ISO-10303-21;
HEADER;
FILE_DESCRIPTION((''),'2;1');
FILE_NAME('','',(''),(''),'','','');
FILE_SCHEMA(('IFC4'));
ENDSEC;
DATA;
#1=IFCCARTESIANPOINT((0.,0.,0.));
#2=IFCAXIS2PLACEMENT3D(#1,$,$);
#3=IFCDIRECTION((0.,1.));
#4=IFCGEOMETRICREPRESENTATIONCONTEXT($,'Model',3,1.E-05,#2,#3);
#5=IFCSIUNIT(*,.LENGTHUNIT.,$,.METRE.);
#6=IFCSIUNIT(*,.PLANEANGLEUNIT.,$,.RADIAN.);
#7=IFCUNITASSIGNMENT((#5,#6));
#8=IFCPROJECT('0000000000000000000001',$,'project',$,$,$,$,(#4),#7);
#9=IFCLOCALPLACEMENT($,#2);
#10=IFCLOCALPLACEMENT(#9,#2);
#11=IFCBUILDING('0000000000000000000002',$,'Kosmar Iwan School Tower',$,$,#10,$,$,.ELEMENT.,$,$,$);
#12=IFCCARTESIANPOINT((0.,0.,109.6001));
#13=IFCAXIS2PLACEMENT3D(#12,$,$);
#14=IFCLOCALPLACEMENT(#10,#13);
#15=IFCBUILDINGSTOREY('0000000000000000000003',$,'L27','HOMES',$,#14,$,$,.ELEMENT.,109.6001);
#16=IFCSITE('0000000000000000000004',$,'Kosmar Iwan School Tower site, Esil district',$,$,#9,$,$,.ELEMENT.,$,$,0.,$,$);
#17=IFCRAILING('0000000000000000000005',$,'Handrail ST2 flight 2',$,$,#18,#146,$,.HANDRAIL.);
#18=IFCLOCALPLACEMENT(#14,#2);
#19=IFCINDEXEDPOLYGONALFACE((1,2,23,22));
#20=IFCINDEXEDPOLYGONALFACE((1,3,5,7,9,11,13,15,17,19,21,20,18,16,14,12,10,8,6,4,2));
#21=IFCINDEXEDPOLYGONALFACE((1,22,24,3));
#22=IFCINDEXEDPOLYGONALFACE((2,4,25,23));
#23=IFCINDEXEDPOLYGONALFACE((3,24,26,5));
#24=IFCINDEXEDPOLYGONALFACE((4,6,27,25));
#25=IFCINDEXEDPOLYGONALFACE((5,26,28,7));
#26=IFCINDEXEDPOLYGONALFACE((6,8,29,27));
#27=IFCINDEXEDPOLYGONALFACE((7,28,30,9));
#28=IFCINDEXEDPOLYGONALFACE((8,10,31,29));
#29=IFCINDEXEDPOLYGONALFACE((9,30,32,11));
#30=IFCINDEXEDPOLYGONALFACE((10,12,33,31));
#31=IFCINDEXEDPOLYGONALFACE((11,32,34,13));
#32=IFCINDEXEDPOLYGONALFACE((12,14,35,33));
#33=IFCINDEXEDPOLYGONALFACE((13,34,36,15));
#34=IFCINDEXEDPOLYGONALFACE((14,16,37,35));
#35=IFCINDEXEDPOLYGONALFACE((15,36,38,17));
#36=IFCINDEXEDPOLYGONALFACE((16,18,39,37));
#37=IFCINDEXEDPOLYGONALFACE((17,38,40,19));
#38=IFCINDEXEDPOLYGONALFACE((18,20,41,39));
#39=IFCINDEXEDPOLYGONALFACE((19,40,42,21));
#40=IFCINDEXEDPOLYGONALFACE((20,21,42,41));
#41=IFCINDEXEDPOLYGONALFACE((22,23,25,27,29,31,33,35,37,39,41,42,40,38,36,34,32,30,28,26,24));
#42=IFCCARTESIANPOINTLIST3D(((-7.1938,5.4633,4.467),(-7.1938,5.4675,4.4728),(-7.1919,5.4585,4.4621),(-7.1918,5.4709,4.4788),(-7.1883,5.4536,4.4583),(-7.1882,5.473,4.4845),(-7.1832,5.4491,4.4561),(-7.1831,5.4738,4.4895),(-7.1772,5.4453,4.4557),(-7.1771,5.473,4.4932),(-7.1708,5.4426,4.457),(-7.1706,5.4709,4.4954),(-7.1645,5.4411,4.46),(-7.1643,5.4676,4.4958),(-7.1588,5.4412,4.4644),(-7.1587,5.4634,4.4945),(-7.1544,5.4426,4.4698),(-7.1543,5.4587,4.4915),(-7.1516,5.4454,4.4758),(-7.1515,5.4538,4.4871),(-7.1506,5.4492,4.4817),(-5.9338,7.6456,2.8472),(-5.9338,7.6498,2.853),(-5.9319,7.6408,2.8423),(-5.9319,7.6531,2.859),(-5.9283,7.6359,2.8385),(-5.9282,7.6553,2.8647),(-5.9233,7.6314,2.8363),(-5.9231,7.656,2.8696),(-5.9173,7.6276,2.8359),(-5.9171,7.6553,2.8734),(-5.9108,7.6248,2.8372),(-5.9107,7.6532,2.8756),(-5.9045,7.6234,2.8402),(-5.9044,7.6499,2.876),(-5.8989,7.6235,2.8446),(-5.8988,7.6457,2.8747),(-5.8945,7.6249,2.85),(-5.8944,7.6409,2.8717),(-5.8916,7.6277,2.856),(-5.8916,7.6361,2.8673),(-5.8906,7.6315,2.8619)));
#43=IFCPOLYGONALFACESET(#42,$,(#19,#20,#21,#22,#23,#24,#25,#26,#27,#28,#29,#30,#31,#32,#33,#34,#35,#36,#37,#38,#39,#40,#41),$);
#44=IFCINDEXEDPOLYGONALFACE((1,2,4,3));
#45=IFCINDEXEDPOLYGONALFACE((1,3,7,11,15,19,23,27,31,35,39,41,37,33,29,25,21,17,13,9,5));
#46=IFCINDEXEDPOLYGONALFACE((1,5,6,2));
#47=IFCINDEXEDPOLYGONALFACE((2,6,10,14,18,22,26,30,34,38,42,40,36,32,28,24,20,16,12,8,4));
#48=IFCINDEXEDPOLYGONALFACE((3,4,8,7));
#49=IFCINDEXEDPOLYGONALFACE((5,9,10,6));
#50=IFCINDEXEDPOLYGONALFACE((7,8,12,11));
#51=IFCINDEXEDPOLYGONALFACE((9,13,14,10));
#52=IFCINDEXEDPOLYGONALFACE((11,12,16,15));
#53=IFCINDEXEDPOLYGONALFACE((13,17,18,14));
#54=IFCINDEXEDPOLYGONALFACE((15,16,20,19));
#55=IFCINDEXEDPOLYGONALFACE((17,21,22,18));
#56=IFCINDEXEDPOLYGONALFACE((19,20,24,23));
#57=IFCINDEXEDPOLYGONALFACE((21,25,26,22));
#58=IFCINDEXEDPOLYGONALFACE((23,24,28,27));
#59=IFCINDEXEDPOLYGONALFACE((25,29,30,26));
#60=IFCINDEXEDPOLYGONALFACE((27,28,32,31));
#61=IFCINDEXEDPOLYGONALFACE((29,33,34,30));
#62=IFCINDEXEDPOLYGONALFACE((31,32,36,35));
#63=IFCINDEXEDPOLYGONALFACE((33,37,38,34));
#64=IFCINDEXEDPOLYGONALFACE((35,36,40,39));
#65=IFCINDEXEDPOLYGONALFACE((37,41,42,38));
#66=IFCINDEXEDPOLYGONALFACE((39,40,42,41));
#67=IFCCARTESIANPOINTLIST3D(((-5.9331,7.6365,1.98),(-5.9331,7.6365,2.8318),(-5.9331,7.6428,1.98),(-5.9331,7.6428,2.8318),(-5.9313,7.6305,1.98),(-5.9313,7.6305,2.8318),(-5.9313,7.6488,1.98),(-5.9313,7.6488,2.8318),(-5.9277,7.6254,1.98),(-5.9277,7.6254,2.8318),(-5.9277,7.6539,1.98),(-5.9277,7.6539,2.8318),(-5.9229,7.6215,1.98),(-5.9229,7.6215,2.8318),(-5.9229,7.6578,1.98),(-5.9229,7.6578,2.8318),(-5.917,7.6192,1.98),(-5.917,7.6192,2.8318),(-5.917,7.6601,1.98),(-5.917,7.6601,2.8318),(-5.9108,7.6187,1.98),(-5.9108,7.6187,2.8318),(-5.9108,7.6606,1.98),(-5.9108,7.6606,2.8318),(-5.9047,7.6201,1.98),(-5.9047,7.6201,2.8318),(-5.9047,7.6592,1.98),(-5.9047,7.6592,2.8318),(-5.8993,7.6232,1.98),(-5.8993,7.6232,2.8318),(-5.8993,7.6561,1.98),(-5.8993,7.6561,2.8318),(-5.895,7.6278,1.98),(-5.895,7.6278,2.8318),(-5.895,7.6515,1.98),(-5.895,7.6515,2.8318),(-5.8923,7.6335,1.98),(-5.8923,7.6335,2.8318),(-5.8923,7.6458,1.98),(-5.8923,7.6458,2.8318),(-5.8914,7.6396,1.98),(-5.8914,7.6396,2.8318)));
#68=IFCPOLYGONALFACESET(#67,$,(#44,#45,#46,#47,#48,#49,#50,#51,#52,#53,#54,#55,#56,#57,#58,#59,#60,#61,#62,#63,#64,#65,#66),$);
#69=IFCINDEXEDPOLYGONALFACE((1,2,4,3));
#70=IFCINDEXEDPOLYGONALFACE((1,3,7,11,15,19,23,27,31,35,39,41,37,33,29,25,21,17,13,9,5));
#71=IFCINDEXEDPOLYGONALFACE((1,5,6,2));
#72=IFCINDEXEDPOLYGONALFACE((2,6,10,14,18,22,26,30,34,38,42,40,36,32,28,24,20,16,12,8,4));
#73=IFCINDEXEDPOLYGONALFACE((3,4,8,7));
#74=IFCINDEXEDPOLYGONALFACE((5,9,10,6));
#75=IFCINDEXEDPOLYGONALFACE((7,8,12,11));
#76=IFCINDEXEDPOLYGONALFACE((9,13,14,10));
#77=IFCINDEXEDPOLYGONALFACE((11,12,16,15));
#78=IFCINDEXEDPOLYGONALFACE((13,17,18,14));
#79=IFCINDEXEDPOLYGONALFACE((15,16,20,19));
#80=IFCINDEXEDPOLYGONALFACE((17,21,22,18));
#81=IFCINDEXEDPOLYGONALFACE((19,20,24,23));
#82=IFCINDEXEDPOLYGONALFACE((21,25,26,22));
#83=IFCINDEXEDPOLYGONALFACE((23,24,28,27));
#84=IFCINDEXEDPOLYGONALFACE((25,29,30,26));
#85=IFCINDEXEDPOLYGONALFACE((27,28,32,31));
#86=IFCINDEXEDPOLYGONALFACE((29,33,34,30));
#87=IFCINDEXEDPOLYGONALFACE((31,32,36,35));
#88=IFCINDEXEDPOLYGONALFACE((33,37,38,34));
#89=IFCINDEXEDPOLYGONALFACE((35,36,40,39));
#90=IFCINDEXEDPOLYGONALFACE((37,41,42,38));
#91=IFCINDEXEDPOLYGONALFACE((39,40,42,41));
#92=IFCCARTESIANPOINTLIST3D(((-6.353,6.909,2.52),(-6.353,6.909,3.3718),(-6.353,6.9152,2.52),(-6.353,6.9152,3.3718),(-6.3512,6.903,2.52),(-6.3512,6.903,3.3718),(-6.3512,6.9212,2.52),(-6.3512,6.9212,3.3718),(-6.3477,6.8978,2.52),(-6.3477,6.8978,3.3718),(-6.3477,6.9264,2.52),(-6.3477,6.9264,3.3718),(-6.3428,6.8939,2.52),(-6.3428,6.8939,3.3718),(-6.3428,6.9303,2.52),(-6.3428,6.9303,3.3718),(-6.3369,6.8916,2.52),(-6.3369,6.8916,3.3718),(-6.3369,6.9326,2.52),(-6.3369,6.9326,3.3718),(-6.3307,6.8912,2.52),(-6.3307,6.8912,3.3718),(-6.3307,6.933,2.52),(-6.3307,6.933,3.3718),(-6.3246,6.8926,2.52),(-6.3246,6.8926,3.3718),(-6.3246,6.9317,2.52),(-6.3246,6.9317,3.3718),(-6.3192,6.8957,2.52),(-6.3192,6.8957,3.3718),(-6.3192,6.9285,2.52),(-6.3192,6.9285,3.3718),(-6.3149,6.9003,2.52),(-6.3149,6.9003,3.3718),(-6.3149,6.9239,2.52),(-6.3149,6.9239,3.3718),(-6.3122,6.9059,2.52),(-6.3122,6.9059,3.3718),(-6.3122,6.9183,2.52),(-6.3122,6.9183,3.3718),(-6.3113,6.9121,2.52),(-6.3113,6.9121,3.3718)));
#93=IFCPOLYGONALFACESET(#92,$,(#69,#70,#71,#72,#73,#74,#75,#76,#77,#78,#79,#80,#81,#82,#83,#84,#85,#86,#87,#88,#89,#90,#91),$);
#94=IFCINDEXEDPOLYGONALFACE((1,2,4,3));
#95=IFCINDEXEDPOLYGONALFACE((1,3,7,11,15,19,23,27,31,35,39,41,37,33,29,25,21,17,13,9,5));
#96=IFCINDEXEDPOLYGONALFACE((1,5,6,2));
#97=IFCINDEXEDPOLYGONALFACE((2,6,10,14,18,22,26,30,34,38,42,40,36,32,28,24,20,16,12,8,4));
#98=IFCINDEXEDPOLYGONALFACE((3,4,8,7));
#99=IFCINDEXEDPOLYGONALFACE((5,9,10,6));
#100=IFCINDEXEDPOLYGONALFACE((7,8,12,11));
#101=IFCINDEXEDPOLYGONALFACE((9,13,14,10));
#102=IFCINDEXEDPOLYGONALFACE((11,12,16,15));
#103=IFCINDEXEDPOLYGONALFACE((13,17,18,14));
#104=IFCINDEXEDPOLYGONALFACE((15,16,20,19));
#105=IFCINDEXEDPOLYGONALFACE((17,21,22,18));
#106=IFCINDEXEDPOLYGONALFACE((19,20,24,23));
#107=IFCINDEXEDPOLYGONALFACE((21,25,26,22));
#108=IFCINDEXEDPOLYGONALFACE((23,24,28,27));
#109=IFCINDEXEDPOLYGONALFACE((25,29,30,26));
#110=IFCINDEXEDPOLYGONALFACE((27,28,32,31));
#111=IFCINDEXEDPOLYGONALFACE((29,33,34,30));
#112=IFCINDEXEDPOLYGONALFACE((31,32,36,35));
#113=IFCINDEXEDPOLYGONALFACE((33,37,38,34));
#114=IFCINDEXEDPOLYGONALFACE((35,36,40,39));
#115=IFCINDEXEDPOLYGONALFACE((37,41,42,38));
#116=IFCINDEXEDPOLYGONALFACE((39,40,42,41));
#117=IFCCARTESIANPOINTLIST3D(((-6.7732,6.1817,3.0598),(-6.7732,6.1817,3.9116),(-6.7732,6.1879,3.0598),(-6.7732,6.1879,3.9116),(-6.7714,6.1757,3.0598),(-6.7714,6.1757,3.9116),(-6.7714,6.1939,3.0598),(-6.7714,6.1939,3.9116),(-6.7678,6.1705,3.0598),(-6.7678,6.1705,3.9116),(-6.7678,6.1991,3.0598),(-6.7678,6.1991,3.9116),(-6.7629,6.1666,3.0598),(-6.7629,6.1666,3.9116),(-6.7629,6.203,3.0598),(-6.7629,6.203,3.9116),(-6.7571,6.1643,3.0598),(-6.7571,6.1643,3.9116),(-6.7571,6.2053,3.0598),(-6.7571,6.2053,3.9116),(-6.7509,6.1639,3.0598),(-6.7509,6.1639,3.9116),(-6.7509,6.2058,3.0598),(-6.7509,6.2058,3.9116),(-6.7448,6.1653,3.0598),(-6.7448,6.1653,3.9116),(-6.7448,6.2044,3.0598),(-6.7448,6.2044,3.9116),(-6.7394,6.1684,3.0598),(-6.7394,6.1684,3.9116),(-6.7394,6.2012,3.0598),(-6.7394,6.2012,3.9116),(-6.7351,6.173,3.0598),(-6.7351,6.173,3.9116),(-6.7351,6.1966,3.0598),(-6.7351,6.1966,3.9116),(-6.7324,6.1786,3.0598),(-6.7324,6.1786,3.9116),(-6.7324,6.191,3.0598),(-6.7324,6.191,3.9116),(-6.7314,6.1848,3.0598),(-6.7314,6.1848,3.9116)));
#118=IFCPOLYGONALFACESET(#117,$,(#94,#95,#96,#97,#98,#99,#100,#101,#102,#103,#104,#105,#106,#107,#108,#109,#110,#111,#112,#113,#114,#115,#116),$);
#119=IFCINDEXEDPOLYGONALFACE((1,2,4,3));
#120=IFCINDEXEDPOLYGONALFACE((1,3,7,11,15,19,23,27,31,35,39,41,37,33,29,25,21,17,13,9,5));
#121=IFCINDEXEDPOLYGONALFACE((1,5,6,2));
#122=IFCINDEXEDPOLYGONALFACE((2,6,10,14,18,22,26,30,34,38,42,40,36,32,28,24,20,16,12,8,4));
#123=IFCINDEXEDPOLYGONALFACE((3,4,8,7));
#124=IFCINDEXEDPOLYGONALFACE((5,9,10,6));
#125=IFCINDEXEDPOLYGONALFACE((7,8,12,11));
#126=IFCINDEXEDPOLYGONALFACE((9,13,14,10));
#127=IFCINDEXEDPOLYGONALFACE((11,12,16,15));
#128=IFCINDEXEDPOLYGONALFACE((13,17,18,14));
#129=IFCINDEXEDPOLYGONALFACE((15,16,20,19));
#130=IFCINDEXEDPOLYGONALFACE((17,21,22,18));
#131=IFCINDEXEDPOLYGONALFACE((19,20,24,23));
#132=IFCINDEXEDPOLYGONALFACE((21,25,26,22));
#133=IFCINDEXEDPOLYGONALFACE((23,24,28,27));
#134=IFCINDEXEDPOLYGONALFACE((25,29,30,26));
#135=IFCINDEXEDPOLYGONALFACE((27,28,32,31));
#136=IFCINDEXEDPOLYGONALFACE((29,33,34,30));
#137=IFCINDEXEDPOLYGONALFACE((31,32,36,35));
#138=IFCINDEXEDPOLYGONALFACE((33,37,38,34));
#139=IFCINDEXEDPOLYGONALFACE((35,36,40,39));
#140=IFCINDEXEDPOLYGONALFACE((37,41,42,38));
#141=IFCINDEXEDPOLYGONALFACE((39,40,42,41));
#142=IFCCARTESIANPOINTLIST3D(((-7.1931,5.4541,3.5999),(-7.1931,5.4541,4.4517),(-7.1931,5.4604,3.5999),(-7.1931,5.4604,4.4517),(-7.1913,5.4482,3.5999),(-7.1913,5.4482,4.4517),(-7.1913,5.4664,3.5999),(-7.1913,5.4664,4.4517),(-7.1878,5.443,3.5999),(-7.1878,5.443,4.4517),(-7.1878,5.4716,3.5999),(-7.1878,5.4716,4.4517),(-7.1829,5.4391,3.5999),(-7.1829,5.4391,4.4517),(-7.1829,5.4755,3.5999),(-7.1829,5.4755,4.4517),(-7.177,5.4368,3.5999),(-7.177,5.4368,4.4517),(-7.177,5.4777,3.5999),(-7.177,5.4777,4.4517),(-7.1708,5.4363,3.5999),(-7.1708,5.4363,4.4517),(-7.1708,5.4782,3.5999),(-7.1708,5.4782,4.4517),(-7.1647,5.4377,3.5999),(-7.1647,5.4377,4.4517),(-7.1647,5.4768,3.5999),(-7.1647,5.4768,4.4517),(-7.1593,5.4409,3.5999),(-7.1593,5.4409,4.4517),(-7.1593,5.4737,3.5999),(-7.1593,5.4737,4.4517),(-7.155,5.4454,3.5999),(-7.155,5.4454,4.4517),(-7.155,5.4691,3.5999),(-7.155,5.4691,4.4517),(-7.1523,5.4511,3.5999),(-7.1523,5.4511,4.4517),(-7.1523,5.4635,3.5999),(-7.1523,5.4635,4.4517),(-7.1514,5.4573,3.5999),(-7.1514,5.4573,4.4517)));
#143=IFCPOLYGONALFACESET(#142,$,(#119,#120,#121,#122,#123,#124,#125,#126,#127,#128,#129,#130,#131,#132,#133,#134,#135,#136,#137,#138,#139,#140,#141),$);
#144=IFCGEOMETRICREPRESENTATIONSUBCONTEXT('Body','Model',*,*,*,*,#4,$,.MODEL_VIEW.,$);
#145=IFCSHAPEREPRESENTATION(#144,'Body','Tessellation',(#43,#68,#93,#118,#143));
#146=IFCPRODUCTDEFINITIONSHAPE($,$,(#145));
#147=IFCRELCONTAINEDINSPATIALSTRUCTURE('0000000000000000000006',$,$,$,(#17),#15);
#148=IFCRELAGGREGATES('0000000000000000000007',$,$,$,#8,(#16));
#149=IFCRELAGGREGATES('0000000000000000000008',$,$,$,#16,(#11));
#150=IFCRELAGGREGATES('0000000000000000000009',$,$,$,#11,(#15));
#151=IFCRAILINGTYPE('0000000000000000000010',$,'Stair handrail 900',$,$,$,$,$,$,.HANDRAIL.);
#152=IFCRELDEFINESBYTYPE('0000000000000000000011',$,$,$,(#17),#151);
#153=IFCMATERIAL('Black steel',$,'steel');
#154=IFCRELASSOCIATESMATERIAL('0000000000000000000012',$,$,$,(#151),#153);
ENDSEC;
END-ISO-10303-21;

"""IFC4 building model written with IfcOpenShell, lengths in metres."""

from ifc_helpers import new_model, si_unit, direction, frame, origin, origin_2d, place, context, subcontext, project, spatial, circle, extrude, material, type_object, element, save


model = new_model("IFC4")

# Units and contexts
model_context = context("Model", 3, precision=1e-05, world=origin(), true_north=direction((0.0, 1.0)))
body_context = subcontext(model_context, "Body", "Model", "MODEL_VIEW")
ifc_project = project(units=[si_unit("LENGTHUNIT", "METRE"), si_unit("PLANEANGLEUNIT", "RADIAN")], contexts=[model_context])

# Site, building, storey
site_placement = place(None, origin())
site = spatial("IfcSite", under=ifc_project, at=site_placement, Name="Kosmar Iwan School Tower site, Esil district", CompositionType="ELEMENT", RefElevation=0.0)
building_placement = place(site_placement, origin())
building = spatial("IfcBuilding", under=site, at=building_placement, Name="Kosmar Iwan School Tower", CompositionType="ELEMENT")
storey_placement = place(building_placement, frame((0.0, 0.0, 109.6001)))
storey = spatial("IfcBuildingStorey", under=building, at=storey_placement, Name="L27", Description="HOMES", CompositionType="ELEMENT", Elevation=109.6001)

# Railing
ifc_material_1 = material(Name="Black steel", Category="steel")
railing_type = type_object("IfcRailingType", Name="Stair handrail 900", PredefinedType="HANDRAIL", material=ifc_material_1)
railing_1_placement = place(storey_placement, frame((-5.9124, 7.6396, 1.98)))
element("IfcRailing", 1, at=railing_1_placement, inside=storey, type_object=railing_type, Name="Handrail ST2 flight 2", PredefinedType="HANDRAIL", context=body_context, shape_type="SweptSolid", body=[
    extrude(circle(Radius=0.0239, at=origin_2d()), frame((0.0, 0.0, 0.876), z_axis=(-0.420603, -0.728496, 0.540728), x_axis=(0.866023, -0.500005, 0.0)), (0.0, 0.0, 1.0), 2.9956),
    extrude(circle(Radius=0.021, at=origin_2d()), origin(), (0.0, 0.0, 1.0), 0.8518),
    extrude(circle(Radius=0.021, at=origin_2d()), frame((-0.4199, -0.7275, 0.54)), (0.0, 0.0, 1.0), 0.8518),
    extrude(circle(Radius=0.021, at=origin_2d()), frame((-0.8401, -1.4548, 1.0798)), (0.0, 0.0, 1.0), 0.8518),
    extrude(circle(Radius=0.021, at=origin_2d()), frame((-1.26, -2.1824, 1.6199)), (0.0, 0.0, 1.0), 0.8518),
])

save(model, "model.ifc")
